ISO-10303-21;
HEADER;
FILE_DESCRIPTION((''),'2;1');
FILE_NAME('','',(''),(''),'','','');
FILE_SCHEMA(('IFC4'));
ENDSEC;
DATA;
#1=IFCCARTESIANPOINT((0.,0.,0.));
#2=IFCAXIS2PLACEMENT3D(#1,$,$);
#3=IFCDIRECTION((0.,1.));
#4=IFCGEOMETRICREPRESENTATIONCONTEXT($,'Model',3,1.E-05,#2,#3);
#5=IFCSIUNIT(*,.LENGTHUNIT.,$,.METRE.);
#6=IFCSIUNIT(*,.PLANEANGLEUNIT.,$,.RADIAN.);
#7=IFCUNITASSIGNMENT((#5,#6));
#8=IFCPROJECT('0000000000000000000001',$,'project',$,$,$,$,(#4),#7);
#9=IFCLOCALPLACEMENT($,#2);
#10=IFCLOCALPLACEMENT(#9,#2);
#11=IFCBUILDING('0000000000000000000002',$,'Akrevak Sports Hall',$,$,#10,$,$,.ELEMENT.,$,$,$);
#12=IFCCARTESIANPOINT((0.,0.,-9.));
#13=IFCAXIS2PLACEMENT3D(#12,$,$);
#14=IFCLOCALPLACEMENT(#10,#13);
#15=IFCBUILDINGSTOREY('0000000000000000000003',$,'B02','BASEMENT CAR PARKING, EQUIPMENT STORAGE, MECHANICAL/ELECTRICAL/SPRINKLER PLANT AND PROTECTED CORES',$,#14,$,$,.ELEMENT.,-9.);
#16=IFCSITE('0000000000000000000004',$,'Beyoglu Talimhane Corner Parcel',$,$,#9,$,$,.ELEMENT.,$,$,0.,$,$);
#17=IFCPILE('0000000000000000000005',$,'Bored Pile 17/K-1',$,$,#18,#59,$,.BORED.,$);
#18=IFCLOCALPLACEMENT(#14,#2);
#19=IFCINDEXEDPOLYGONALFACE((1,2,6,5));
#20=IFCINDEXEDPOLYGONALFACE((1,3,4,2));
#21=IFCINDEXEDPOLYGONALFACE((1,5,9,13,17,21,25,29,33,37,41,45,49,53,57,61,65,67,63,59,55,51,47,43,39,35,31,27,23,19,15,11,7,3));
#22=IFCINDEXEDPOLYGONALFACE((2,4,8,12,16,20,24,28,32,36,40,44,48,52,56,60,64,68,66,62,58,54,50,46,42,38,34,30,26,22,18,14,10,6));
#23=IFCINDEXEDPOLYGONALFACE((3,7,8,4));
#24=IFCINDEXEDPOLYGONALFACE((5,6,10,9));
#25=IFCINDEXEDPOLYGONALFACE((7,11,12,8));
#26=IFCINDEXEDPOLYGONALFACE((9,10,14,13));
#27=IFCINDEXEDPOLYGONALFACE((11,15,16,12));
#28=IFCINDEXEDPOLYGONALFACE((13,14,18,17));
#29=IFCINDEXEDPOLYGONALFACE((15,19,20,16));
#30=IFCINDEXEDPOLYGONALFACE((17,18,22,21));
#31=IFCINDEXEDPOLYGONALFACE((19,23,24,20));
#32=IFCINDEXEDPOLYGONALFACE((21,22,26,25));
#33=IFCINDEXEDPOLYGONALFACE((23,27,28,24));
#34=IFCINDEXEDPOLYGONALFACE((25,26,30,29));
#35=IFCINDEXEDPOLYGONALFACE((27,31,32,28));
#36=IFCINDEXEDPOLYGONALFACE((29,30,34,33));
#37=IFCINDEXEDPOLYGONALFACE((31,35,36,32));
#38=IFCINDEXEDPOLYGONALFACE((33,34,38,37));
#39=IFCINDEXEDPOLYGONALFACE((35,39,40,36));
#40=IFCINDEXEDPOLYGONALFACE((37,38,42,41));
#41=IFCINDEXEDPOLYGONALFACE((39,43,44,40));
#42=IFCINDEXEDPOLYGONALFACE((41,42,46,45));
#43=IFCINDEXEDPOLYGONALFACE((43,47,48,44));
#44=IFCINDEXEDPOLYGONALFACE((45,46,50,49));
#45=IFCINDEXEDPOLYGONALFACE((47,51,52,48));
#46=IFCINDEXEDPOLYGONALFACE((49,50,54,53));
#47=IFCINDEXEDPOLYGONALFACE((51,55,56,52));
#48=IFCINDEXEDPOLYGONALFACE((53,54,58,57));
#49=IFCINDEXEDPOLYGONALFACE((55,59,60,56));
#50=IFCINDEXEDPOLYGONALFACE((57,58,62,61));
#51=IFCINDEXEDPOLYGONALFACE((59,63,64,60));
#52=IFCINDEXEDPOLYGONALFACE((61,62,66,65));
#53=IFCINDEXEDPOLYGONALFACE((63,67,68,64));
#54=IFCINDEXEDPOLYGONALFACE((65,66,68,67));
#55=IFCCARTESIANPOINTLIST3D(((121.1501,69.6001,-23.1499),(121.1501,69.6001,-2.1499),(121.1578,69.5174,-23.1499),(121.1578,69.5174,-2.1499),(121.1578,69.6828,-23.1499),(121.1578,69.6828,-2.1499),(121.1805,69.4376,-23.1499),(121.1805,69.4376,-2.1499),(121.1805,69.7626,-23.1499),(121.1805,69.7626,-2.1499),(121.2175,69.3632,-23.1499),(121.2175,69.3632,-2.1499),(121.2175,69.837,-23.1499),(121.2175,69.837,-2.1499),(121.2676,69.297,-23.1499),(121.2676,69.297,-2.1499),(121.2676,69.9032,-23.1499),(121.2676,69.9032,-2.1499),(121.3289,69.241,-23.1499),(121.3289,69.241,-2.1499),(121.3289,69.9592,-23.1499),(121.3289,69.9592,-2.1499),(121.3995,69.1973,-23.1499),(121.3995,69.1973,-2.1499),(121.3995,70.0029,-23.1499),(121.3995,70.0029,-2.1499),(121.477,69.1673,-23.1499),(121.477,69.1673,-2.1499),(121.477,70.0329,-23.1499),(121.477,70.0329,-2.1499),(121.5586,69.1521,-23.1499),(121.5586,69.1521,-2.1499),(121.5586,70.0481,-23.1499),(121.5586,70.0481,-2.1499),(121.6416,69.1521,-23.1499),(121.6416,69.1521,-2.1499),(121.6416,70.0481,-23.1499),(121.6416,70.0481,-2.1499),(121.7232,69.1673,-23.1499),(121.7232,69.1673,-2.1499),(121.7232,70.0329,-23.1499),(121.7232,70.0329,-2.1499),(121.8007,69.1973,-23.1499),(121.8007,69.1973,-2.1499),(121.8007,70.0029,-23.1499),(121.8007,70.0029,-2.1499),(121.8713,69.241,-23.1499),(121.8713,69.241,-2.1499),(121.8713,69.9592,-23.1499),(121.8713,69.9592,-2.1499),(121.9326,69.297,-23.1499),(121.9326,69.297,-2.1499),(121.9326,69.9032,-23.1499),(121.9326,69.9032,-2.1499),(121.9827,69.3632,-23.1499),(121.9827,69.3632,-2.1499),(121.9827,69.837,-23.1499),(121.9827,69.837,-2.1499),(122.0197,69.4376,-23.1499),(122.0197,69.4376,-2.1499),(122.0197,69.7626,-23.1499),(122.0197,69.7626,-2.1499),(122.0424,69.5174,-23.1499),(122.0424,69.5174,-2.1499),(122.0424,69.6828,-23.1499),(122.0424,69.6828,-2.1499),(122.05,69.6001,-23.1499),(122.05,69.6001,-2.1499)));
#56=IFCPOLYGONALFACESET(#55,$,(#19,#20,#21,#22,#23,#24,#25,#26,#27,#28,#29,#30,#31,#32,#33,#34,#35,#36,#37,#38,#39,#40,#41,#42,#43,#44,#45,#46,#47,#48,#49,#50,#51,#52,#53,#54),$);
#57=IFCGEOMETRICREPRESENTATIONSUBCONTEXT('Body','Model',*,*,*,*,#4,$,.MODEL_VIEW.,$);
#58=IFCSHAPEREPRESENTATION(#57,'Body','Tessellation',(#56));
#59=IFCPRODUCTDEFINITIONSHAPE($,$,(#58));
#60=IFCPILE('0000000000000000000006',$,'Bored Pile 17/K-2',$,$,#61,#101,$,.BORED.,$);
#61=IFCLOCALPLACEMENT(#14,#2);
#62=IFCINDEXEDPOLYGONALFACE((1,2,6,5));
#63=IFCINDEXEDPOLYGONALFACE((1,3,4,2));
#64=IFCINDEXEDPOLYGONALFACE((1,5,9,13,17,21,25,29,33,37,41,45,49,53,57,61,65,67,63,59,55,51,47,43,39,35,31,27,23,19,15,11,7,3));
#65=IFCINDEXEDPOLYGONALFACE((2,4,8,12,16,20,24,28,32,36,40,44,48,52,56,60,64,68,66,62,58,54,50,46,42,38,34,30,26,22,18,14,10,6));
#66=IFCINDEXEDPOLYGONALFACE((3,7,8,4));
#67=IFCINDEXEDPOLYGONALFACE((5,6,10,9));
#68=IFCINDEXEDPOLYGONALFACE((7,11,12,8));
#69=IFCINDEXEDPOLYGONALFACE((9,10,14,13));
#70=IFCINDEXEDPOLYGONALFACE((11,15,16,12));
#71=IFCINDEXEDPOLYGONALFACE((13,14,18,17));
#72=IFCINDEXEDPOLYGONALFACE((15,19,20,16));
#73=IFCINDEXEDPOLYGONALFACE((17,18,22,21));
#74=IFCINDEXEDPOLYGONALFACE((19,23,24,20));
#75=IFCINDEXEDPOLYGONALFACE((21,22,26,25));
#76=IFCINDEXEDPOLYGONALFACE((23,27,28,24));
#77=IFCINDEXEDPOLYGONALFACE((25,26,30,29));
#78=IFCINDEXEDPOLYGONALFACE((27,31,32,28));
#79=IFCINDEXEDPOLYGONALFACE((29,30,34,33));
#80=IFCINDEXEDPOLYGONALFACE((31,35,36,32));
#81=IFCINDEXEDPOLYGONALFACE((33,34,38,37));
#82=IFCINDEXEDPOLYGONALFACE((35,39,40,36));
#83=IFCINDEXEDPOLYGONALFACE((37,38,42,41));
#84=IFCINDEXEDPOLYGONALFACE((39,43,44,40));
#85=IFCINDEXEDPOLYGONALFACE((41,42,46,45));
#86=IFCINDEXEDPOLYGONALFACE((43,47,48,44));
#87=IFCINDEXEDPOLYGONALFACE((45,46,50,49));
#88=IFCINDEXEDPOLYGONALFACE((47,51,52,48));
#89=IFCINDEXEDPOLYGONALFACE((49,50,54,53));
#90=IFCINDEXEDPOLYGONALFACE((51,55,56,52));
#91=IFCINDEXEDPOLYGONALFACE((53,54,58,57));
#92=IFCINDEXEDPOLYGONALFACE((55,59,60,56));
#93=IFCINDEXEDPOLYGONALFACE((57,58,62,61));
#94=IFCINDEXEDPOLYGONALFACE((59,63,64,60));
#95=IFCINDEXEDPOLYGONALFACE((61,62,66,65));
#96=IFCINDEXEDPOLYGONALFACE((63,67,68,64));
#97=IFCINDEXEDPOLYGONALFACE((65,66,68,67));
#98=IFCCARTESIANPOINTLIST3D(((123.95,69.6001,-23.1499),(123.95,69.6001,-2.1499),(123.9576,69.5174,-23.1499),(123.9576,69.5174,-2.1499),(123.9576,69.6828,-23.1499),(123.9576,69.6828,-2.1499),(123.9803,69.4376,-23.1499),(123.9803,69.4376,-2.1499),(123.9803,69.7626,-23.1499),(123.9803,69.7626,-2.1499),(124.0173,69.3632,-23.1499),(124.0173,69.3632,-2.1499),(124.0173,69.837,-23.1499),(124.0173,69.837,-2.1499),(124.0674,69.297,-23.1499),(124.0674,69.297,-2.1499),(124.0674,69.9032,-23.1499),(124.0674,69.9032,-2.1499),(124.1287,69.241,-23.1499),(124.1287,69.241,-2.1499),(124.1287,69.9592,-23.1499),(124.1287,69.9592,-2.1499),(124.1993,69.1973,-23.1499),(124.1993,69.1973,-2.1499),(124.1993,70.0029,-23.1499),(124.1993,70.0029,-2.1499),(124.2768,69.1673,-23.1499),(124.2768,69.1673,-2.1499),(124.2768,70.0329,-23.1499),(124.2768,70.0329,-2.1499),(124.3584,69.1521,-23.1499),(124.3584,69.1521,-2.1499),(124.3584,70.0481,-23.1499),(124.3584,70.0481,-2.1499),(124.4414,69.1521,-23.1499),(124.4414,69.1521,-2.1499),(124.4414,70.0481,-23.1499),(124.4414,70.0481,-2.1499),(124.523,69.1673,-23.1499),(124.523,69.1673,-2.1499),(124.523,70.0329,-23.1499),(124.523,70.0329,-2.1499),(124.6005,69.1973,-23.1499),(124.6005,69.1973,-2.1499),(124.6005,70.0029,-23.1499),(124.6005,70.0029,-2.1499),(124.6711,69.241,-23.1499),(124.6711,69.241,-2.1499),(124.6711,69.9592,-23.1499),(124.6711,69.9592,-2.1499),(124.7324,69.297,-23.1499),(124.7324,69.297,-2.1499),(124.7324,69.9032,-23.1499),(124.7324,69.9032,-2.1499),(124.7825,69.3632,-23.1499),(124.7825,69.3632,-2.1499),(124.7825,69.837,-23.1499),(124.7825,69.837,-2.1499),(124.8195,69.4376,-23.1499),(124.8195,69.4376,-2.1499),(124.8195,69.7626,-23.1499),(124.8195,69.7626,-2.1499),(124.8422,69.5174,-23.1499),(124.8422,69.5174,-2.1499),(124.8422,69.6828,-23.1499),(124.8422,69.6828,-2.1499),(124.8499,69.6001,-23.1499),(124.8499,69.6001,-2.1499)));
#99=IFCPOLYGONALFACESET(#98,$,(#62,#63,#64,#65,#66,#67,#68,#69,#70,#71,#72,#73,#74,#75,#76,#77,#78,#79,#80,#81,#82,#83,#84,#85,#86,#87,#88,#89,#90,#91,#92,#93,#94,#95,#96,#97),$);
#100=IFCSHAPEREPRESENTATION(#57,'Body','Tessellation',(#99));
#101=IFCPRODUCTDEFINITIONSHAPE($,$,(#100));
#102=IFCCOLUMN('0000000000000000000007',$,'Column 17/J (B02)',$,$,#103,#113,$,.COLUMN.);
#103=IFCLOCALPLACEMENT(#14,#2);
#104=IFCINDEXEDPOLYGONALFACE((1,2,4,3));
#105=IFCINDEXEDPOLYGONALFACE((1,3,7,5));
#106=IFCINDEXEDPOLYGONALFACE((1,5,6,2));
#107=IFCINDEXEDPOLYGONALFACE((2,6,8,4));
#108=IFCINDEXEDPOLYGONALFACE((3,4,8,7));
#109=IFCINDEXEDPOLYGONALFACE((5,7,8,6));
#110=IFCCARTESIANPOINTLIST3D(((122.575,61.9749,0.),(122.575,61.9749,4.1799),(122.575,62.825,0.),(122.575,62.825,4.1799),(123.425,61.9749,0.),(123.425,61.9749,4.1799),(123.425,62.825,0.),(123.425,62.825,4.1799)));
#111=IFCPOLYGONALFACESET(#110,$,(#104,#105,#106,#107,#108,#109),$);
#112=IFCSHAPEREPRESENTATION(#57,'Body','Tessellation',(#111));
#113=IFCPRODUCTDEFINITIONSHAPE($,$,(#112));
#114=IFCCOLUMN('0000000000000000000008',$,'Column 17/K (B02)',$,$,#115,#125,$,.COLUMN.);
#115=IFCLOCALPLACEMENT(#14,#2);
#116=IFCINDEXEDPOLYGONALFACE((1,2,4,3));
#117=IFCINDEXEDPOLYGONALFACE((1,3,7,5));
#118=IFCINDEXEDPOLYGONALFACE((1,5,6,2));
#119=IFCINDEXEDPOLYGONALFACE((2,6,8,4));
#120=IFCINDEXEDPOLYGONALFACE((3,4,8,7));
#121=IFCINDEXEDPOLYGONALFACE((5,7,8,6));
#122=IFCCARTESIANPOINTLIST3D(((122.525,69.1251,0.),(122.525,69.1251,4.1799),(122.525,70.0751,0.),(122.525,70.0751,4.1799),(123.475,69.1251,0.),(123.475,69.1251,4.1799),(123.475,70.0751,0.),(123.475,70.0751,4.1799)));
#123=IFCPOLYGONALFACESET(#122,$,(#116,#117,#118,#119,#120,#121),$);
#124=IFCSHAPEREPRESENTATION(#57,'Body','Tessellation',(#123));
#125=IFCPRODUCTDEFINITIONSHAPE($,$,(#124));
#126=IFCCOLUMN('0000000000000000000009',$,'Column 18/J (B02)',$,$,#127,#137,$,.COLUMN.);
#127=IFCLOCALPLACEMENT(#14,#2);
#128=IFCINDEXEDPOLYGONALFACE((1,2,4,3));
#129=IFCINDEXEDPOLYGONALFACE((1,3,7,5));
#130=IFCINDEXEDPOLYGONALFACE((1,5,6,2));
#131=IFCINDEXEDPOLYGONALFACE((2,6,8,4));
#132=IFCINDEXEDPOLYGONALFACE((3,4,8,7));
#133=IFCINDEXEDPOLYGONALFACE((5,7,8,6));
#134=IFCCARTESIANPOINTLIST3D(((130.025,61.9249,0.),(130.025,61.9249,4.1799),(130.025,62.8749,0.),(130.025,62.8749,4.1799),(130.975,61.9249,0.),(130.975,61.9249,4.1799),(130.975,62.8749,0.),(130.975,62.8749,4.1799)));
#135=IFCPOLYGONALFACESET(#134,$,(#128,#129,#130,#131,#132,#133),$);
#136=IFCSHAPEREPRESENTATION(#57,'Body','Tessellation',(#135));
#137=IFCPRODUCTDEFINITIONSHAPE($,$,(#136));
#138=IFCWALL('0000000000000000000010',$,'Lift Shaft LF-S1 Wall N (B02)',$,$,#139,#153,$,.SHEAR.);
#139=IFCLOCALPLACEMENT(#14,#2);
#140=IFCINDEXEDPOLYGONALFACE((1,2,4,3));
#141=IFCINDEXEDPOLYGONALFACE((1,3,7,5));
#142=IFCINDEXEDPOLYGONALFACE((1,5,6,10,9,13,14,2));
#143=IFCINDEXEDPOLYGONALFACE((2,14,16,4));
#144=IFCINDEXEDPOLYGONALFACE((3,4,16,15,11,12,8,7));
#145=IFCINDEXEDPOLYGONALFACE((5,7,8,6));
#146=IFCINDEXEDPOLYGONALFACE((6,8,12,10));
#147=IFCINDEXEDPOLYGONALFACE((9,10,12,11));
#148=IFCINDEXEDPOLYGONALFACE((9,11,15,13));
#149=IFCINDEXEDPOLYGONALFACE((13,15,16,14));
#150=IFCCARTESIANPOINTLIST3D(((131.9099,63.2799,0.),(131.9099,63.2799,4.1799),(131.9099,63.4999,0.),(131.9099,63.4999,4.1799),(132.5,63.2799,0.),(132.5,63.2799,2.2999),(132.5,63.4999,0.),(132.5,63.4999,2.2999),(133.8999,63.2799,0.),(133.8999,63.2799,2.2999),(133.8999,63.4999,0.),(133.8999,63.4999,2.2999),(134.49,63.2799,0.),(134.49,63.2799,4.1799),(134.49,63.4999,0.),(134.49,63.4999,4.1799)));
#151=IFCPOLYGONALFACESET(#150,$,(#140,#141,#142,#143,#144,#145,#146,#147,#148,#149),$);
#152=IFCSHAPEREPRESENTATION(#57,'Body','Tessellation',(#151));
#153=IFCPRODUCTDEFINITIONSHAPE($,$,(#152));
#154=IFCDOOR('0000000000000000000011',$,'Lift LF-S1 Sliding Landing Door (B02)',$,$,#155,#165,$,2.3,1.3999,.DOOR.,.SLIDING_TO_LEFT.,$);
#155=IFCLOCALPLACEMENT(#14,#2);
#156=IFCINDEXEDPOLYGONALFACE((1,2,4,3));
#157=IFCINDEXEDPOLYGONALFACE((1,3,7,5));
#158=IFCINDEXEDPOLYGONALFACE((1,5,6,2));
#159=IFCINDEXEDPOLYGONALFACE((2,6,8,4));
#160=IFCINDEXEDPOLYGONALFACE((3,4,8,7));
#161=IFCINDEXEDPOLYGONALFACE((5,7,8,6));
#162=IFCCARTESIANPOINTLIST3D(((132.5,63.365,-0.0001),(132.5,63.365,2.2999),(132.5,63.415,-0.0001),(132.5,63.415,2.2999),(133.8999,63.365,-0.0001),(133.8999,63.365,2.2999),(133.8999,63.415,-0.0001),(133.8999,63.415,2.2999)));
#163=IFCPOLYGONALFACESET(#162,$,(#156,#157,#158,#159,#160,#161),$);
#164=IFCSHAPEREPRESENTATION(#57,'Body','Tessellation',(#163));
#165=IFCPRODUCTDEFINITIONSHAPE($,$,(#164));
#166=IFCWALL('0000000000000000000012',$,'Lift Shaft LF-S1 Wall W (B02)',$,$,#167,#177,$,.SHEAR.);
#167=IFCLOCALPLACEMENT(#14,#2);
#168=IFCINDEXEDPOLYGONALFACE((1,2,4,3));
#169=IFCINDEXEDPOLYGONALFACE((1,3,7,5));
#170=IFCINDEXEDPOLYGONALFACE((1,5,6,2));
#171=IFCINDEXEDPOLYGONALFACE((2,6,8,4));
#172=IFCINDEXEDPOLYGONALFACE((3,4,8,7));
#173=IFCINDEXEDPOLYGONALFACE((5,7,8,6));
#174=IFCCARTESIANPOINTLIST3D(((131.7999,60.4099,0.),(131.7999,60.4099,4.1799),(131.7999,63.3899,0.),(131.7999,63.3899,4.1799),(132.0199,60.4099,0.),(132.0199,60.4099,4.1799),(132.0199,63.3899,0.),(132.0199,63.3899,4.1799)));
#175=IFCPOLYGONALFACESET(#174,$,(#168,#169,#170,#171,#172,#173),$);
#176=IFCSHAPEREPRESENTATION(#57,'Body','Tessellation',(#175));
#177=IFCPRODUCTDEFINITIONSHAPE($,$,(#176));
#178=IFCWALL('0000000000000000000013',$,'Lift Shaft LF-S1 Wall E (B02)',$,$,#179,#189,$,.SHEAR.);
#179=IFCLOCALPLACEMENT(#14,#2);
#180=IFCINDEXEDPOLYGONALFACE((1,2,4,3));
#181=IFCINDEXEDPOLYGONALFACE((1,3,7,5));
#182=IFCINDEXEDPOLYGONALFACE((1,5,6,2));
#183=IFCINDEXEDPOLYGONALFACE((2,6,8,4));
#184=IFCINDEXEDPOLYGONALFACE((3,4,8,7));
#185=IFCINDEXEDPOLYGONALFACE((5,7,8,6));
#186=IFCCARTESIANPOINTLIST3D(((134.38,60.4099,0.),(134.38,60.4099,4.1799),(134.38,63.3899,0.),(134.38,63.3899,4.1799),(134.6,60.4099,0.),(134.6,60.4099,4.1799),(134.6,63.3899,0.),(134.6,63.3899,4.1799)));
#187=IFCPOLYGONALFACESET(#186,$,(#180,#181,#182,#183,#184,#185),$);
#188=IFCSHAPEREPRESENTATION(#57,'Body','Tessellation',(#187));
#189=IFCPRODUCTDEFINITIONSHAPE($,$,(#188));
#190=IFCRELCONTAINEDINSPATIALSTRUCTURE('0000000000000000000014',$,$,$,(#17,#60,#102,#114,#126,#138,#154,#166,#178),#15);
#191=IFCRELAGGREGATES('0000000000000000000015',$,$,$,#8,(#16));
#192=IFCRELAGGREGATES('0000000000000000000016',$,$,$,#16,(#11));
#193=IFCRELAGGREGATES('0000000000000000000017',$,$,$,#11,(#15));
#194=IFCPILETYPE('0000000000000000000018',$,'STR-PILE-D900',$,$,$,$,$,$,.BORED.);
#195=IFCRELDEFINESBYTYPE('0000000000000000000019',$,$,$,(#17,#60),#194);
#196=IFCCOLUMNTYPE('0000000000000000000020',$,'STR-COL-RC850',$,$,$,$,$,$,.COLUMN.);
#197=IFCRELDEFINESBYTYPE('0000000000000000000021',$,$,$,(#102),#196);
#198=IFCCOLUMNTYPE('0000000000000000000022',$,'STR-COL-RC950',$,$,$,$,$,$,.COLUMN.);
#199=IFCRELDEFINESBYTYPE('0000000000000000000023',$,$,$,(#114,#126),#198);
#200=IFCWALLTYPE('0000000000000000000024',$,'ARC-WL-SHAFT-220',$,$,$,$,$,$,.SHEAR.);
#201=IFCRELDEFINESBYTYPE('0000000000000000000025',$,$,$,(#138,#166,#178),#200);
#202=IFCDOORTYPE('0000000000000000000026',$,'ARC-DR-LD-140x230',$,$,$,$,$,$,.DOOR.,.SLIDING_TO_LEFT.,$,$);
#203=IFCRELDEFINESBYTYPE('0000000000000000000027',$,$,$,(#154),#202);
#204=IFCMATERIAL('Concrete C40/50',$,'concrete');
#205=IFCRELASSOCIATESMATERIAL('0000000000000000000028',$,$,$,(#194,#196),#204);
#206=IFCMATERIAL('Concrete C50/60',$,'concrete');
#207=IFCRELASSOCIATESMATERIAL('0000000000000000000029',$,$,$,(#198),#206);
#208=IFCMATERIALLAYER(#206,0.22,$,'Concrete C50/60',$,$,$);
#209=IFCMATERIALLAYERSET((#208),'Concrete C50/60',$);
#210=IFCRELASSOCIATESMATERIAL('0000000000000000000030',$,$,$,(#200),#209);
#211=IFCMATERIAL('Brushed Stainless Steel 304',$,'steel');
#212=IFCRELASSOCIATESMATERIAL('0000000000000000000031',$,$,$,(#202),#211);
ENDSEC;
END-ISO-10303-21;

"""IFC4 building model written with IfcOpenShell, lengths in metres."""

from ifc_helpers import new_model, si_unit, direction, frame, frame_2d, origin, origin_2d, place, context, subcontext, project, spatial, rectangle, circle, extrude, material, layer, layer_set, material_profile, profile_set, type_object, element, fill, save


model = new_model("IFC4")

# Units and contexts
model_context = context("Model", 3, precision=1e-05, world=origin(), true_north=direction((0.0, 1.0)))
body_context = subcontext(model_context, "Body", "Model", "MODEL_VIEW")
ifc_project = project(units=[si_unit("LENGTHUNIT", "METRE"), si_unit("PLANEANGLEUNIT", "RADIAN")], contexts=[model_context])

# Site, building, storey
site_placement = place(None, origin())
site = spatial("IfcSite", under=ifc_project, at=site_placement, Name="Beyoglu Talimhane Corner Parcel", CompositionType="ELEMENT", RefElevation=0.0)
building_placement = place(site_placement, origin())
building = spatial("IfcBuilding", under=site, at=building_placement, Name="Akrevak Sports Hall", CompositionType="ELEMENT")
storey_placement = place(building_placement, frame((0.0, 0.0, -9.0)))
storey = spatial("IfcBuildingStorey", under=building, at=storey_placement, Name="B02", Description="BASEMENT CAR PARKING, EQUIPMENT STORAGE, MECHANICAL/ELECTRICAL/SPRINKLER PLANT AND PROTECTED CORES", CompositionType="ELEMENT", Elevation=-9.0)

# Shared definitions
ifc_material_1 = material(Name="Concrete C40/50", Category="concrete")

# Piles
ifc_material_profile_1 = material_profile(ifc_material_1, circle(Radius=0.45, at=origin_2d()), Name="BORED PILE D900", Category="concrete")
ifc_profile_set_1 = profile_set([ifc_material_profile_1], Name="Concrete C40/50")
pile_type_1 = type_object("IfcPileType", Name="STR-PILE-D900", PredefinedType="BORED", material=ifc_profile_set_1)
for number, where, z_axis, x_axis, name in (
    (1, (121.6001, 69.6001, -2.1499), (0.0, 0.0, -1.0), (1.0, 0.0, 0.0), "Bored Pile 17/K-1"),
    (2, (124.3999, 69.6001, -2.1499), (0.0, 0.0, -1.0), (1.0, 0.0, 0.0), "Bored Pile 17/K-2"),
):
    element("IfcPile", number, at=place(storey_placement, frame(where, z_axis=z_axis, x_axis=x_axis)), inside=storey, type_object=pile_type_1, Name=name, PredefinedType="BORED", context=body_context, shape_type="SweptSolid", body=[
        extrude(circle(Radius=0.45, at=origin_2d()), origin(), (0.0, 0.0, 1.0), 21.0),
    ])

# Columns
ifc_material_profile_2 = material_profile(ifc_material_1, rectangle(XDim=0.8501, YDim=0.8501, at=origin_2d()), Name="RC 850x850", Category="concrete")
ifc_profile_set_2 = profile_set([ifc_material_profile_2], Name="Concrete C40/50")
column_type_1 = type_object("IfcColumnType", Name="STR-COL-RC850", PredefinedType="COLUMN", material=ifc_profile_set_2)
column_placement = place(storey_placement, frame((123.0, 62.3999, 0.0), z_axis=(0.0, 0.0, 1.0), x_axis=(1.0, 0.0, 0.0)))
element("IfcColumn", 3, at=column_placement, inside=storey, type_object=column_type_1, Name="Column 17/J (B02)", PredefinedType="COLUMN", context=body_context, shape_type="SweptSolid", body=[
    extrude(rectangle(XDim=0.8501, YDim=0.8501, at=origin_2d()), origin(), (0.0, 0.0, 1.0), 4.1799),
])
ifc_material_2 = material(Name="Concrete C50/60", Category="concrete")
ifc_material_profile_3 = material_profile(ifc_material_2, rectangle(XDim=0.95, YDim=0.95, at=origin_2d()), Name="RC 950x950", Category="concrete")
ifc_profile_set_3 = profile_set([ifc_material_profile_3], Name="Concrete C50/60")
column_type_2 = type_object("IfcColumnType", Name="STR-COL-RC950", PredefinedType="COLUMN", material=ifc_profile_set_3)
for number, where, z_axis, x_axis, name in (
    (4, (123.0, 69.6001, 0.0), (0.0, 0.0, 1.0), (1.0, 0.0, 0.0), "Column 17/K (B02)"),
    (5, (130.5, 62.3999, 0.0), (0.0, 0.0, 1.0), (1.0, 0.0, 0.0), "Column 18/J (B02)"),
):
    element("IfcColumn", number, at=place(storey_placement, frame(where, z_axis=z_axis, x_axis=x_axis)), inside=storey, type_object=column_type_2, Name=name, PredefinedType="COLUMN", context=body_context, shape_type="SweptSolid", body=[
        extrude(rectangle(XDim=0.95, YDim=0.95, at=origin_2d()), origin(), (0.0, 0.0, 1.0), 4.1799),
    ])

# Wall, opening, door
ifc_layer = layer(ifc_material_2, 0.22, Name="Concrete C50/60")
ifc_layer_set = layer_set([ifc_layer], Name="Concrete C50/60")
wall_type = type_object("IfcWallType", Name="ARC-WL-SHAFT-220", PredefinedType="SHEAR", material=ifc_layer_set)
wall_placement = place(storey_placement, frame((134.49, 63.3899, 0.0), z_axis=(0.0, 0.0, 1.0), x_axis=(-1.0, 0.0, 0.0)))
wall = element("IfcWall", 6, at=wall_placement, inside=storey, type_object=wall_type, Name="Lift Shaft LF-S1 Wall N (B02)", PredefinedType="SHEAR", context=body_context, shape_type="SweptSolid", body=[
    extrude(rectangle(XDim=2.5801, YDim=0.22, at=frame_2d((1.29, 0.0))), origin(), (0.0, 0.0, 1.0), 4.1799),
])
opening_placement = place(wall_placement, frame((0.5901, 0.0, 0.0)))
opening = element("IfcOpeningElement", 7, at=opening_placement, cuts=wall, PredefinedType="OPENING", context=body_context, shape_type="SweptSolid", body=[
    extrude(rectangle(XDim=1.3999, YDim=2.3, at=frame_2d((0.7, 1.1499))), frame((0.0, 0.1221, 0.0), z_axis=(0.0, -1.0, 0.0), x_axis=(1.0, 0.0, 0.0)), (0.0, 0.0, 1.0), 0.2439),
])
ifc_material_3 = material(Name="Brushed Stainless Steel 304", Category="steel")
door_type = type_object("IfcDoorType", Name="ARC-DR-LD-140x230", OperationType="SLIDING_TO_LEFT", PredefinedType="DOOR", material=ifc_material_3)
door_placement = place(opening_placement, origin())
door = element("IfcDoor", 8, at=door_placement, inside=storey, type_object=door_type, Name="Lift LF-S1 Sliding Landing Door (B02)", OperationType="SLIDING_TO_LEFT", OverallHeight=2.3, OverallWidth=1.3999, PredefinedType="DOOR", context=body_context, shape_type="SweptSolid", body=[
    extrude(rectangle(XDim=1.3999, YDim=2.3, at=frame_2d((0.7, 1.1499))), frame((0.0, 0.0249, 0.0), z_axis=(0.0, -1.0, 0.0), x_axis=(1.0, 0.0, 0.0)), (0.0, 0.0, 1.0), 0.05),
])
fill(opening, door)

# Walls
for number, where, z_axis, x_axis, name in (
    (9, (131.9099, 63.3899, 0.0), (0.0, 0.0, 1.0), (0.0, -1.0, 0.0), "Lift Shaft LF-S1 Wall W (B02)"),
    (10, (134.49, 60.4099, 0.0), (0.0, 0.0, 1.0), (0.0, 1.0, 0.0), "Lift Shaft LF-S1 Wall E (B02)"),
):
    element("IfcWall", number, at=place(storey_placement, frame(where, z_axis=z_axis, x_axis=x_axis)), inside=storey, type_object=wall_type, Name=name, PredefinedType="SHEAR", context=body_context, shape_type="SweptSolid", body=[
        extrude(rectangle(XDim=2.98, YDim=0.22, at=frame_2d((1.49, 0.0))), origin(), (0.0, 0.0, 1.0), 4.1799),
    ])

save(model, "model.ifc")
